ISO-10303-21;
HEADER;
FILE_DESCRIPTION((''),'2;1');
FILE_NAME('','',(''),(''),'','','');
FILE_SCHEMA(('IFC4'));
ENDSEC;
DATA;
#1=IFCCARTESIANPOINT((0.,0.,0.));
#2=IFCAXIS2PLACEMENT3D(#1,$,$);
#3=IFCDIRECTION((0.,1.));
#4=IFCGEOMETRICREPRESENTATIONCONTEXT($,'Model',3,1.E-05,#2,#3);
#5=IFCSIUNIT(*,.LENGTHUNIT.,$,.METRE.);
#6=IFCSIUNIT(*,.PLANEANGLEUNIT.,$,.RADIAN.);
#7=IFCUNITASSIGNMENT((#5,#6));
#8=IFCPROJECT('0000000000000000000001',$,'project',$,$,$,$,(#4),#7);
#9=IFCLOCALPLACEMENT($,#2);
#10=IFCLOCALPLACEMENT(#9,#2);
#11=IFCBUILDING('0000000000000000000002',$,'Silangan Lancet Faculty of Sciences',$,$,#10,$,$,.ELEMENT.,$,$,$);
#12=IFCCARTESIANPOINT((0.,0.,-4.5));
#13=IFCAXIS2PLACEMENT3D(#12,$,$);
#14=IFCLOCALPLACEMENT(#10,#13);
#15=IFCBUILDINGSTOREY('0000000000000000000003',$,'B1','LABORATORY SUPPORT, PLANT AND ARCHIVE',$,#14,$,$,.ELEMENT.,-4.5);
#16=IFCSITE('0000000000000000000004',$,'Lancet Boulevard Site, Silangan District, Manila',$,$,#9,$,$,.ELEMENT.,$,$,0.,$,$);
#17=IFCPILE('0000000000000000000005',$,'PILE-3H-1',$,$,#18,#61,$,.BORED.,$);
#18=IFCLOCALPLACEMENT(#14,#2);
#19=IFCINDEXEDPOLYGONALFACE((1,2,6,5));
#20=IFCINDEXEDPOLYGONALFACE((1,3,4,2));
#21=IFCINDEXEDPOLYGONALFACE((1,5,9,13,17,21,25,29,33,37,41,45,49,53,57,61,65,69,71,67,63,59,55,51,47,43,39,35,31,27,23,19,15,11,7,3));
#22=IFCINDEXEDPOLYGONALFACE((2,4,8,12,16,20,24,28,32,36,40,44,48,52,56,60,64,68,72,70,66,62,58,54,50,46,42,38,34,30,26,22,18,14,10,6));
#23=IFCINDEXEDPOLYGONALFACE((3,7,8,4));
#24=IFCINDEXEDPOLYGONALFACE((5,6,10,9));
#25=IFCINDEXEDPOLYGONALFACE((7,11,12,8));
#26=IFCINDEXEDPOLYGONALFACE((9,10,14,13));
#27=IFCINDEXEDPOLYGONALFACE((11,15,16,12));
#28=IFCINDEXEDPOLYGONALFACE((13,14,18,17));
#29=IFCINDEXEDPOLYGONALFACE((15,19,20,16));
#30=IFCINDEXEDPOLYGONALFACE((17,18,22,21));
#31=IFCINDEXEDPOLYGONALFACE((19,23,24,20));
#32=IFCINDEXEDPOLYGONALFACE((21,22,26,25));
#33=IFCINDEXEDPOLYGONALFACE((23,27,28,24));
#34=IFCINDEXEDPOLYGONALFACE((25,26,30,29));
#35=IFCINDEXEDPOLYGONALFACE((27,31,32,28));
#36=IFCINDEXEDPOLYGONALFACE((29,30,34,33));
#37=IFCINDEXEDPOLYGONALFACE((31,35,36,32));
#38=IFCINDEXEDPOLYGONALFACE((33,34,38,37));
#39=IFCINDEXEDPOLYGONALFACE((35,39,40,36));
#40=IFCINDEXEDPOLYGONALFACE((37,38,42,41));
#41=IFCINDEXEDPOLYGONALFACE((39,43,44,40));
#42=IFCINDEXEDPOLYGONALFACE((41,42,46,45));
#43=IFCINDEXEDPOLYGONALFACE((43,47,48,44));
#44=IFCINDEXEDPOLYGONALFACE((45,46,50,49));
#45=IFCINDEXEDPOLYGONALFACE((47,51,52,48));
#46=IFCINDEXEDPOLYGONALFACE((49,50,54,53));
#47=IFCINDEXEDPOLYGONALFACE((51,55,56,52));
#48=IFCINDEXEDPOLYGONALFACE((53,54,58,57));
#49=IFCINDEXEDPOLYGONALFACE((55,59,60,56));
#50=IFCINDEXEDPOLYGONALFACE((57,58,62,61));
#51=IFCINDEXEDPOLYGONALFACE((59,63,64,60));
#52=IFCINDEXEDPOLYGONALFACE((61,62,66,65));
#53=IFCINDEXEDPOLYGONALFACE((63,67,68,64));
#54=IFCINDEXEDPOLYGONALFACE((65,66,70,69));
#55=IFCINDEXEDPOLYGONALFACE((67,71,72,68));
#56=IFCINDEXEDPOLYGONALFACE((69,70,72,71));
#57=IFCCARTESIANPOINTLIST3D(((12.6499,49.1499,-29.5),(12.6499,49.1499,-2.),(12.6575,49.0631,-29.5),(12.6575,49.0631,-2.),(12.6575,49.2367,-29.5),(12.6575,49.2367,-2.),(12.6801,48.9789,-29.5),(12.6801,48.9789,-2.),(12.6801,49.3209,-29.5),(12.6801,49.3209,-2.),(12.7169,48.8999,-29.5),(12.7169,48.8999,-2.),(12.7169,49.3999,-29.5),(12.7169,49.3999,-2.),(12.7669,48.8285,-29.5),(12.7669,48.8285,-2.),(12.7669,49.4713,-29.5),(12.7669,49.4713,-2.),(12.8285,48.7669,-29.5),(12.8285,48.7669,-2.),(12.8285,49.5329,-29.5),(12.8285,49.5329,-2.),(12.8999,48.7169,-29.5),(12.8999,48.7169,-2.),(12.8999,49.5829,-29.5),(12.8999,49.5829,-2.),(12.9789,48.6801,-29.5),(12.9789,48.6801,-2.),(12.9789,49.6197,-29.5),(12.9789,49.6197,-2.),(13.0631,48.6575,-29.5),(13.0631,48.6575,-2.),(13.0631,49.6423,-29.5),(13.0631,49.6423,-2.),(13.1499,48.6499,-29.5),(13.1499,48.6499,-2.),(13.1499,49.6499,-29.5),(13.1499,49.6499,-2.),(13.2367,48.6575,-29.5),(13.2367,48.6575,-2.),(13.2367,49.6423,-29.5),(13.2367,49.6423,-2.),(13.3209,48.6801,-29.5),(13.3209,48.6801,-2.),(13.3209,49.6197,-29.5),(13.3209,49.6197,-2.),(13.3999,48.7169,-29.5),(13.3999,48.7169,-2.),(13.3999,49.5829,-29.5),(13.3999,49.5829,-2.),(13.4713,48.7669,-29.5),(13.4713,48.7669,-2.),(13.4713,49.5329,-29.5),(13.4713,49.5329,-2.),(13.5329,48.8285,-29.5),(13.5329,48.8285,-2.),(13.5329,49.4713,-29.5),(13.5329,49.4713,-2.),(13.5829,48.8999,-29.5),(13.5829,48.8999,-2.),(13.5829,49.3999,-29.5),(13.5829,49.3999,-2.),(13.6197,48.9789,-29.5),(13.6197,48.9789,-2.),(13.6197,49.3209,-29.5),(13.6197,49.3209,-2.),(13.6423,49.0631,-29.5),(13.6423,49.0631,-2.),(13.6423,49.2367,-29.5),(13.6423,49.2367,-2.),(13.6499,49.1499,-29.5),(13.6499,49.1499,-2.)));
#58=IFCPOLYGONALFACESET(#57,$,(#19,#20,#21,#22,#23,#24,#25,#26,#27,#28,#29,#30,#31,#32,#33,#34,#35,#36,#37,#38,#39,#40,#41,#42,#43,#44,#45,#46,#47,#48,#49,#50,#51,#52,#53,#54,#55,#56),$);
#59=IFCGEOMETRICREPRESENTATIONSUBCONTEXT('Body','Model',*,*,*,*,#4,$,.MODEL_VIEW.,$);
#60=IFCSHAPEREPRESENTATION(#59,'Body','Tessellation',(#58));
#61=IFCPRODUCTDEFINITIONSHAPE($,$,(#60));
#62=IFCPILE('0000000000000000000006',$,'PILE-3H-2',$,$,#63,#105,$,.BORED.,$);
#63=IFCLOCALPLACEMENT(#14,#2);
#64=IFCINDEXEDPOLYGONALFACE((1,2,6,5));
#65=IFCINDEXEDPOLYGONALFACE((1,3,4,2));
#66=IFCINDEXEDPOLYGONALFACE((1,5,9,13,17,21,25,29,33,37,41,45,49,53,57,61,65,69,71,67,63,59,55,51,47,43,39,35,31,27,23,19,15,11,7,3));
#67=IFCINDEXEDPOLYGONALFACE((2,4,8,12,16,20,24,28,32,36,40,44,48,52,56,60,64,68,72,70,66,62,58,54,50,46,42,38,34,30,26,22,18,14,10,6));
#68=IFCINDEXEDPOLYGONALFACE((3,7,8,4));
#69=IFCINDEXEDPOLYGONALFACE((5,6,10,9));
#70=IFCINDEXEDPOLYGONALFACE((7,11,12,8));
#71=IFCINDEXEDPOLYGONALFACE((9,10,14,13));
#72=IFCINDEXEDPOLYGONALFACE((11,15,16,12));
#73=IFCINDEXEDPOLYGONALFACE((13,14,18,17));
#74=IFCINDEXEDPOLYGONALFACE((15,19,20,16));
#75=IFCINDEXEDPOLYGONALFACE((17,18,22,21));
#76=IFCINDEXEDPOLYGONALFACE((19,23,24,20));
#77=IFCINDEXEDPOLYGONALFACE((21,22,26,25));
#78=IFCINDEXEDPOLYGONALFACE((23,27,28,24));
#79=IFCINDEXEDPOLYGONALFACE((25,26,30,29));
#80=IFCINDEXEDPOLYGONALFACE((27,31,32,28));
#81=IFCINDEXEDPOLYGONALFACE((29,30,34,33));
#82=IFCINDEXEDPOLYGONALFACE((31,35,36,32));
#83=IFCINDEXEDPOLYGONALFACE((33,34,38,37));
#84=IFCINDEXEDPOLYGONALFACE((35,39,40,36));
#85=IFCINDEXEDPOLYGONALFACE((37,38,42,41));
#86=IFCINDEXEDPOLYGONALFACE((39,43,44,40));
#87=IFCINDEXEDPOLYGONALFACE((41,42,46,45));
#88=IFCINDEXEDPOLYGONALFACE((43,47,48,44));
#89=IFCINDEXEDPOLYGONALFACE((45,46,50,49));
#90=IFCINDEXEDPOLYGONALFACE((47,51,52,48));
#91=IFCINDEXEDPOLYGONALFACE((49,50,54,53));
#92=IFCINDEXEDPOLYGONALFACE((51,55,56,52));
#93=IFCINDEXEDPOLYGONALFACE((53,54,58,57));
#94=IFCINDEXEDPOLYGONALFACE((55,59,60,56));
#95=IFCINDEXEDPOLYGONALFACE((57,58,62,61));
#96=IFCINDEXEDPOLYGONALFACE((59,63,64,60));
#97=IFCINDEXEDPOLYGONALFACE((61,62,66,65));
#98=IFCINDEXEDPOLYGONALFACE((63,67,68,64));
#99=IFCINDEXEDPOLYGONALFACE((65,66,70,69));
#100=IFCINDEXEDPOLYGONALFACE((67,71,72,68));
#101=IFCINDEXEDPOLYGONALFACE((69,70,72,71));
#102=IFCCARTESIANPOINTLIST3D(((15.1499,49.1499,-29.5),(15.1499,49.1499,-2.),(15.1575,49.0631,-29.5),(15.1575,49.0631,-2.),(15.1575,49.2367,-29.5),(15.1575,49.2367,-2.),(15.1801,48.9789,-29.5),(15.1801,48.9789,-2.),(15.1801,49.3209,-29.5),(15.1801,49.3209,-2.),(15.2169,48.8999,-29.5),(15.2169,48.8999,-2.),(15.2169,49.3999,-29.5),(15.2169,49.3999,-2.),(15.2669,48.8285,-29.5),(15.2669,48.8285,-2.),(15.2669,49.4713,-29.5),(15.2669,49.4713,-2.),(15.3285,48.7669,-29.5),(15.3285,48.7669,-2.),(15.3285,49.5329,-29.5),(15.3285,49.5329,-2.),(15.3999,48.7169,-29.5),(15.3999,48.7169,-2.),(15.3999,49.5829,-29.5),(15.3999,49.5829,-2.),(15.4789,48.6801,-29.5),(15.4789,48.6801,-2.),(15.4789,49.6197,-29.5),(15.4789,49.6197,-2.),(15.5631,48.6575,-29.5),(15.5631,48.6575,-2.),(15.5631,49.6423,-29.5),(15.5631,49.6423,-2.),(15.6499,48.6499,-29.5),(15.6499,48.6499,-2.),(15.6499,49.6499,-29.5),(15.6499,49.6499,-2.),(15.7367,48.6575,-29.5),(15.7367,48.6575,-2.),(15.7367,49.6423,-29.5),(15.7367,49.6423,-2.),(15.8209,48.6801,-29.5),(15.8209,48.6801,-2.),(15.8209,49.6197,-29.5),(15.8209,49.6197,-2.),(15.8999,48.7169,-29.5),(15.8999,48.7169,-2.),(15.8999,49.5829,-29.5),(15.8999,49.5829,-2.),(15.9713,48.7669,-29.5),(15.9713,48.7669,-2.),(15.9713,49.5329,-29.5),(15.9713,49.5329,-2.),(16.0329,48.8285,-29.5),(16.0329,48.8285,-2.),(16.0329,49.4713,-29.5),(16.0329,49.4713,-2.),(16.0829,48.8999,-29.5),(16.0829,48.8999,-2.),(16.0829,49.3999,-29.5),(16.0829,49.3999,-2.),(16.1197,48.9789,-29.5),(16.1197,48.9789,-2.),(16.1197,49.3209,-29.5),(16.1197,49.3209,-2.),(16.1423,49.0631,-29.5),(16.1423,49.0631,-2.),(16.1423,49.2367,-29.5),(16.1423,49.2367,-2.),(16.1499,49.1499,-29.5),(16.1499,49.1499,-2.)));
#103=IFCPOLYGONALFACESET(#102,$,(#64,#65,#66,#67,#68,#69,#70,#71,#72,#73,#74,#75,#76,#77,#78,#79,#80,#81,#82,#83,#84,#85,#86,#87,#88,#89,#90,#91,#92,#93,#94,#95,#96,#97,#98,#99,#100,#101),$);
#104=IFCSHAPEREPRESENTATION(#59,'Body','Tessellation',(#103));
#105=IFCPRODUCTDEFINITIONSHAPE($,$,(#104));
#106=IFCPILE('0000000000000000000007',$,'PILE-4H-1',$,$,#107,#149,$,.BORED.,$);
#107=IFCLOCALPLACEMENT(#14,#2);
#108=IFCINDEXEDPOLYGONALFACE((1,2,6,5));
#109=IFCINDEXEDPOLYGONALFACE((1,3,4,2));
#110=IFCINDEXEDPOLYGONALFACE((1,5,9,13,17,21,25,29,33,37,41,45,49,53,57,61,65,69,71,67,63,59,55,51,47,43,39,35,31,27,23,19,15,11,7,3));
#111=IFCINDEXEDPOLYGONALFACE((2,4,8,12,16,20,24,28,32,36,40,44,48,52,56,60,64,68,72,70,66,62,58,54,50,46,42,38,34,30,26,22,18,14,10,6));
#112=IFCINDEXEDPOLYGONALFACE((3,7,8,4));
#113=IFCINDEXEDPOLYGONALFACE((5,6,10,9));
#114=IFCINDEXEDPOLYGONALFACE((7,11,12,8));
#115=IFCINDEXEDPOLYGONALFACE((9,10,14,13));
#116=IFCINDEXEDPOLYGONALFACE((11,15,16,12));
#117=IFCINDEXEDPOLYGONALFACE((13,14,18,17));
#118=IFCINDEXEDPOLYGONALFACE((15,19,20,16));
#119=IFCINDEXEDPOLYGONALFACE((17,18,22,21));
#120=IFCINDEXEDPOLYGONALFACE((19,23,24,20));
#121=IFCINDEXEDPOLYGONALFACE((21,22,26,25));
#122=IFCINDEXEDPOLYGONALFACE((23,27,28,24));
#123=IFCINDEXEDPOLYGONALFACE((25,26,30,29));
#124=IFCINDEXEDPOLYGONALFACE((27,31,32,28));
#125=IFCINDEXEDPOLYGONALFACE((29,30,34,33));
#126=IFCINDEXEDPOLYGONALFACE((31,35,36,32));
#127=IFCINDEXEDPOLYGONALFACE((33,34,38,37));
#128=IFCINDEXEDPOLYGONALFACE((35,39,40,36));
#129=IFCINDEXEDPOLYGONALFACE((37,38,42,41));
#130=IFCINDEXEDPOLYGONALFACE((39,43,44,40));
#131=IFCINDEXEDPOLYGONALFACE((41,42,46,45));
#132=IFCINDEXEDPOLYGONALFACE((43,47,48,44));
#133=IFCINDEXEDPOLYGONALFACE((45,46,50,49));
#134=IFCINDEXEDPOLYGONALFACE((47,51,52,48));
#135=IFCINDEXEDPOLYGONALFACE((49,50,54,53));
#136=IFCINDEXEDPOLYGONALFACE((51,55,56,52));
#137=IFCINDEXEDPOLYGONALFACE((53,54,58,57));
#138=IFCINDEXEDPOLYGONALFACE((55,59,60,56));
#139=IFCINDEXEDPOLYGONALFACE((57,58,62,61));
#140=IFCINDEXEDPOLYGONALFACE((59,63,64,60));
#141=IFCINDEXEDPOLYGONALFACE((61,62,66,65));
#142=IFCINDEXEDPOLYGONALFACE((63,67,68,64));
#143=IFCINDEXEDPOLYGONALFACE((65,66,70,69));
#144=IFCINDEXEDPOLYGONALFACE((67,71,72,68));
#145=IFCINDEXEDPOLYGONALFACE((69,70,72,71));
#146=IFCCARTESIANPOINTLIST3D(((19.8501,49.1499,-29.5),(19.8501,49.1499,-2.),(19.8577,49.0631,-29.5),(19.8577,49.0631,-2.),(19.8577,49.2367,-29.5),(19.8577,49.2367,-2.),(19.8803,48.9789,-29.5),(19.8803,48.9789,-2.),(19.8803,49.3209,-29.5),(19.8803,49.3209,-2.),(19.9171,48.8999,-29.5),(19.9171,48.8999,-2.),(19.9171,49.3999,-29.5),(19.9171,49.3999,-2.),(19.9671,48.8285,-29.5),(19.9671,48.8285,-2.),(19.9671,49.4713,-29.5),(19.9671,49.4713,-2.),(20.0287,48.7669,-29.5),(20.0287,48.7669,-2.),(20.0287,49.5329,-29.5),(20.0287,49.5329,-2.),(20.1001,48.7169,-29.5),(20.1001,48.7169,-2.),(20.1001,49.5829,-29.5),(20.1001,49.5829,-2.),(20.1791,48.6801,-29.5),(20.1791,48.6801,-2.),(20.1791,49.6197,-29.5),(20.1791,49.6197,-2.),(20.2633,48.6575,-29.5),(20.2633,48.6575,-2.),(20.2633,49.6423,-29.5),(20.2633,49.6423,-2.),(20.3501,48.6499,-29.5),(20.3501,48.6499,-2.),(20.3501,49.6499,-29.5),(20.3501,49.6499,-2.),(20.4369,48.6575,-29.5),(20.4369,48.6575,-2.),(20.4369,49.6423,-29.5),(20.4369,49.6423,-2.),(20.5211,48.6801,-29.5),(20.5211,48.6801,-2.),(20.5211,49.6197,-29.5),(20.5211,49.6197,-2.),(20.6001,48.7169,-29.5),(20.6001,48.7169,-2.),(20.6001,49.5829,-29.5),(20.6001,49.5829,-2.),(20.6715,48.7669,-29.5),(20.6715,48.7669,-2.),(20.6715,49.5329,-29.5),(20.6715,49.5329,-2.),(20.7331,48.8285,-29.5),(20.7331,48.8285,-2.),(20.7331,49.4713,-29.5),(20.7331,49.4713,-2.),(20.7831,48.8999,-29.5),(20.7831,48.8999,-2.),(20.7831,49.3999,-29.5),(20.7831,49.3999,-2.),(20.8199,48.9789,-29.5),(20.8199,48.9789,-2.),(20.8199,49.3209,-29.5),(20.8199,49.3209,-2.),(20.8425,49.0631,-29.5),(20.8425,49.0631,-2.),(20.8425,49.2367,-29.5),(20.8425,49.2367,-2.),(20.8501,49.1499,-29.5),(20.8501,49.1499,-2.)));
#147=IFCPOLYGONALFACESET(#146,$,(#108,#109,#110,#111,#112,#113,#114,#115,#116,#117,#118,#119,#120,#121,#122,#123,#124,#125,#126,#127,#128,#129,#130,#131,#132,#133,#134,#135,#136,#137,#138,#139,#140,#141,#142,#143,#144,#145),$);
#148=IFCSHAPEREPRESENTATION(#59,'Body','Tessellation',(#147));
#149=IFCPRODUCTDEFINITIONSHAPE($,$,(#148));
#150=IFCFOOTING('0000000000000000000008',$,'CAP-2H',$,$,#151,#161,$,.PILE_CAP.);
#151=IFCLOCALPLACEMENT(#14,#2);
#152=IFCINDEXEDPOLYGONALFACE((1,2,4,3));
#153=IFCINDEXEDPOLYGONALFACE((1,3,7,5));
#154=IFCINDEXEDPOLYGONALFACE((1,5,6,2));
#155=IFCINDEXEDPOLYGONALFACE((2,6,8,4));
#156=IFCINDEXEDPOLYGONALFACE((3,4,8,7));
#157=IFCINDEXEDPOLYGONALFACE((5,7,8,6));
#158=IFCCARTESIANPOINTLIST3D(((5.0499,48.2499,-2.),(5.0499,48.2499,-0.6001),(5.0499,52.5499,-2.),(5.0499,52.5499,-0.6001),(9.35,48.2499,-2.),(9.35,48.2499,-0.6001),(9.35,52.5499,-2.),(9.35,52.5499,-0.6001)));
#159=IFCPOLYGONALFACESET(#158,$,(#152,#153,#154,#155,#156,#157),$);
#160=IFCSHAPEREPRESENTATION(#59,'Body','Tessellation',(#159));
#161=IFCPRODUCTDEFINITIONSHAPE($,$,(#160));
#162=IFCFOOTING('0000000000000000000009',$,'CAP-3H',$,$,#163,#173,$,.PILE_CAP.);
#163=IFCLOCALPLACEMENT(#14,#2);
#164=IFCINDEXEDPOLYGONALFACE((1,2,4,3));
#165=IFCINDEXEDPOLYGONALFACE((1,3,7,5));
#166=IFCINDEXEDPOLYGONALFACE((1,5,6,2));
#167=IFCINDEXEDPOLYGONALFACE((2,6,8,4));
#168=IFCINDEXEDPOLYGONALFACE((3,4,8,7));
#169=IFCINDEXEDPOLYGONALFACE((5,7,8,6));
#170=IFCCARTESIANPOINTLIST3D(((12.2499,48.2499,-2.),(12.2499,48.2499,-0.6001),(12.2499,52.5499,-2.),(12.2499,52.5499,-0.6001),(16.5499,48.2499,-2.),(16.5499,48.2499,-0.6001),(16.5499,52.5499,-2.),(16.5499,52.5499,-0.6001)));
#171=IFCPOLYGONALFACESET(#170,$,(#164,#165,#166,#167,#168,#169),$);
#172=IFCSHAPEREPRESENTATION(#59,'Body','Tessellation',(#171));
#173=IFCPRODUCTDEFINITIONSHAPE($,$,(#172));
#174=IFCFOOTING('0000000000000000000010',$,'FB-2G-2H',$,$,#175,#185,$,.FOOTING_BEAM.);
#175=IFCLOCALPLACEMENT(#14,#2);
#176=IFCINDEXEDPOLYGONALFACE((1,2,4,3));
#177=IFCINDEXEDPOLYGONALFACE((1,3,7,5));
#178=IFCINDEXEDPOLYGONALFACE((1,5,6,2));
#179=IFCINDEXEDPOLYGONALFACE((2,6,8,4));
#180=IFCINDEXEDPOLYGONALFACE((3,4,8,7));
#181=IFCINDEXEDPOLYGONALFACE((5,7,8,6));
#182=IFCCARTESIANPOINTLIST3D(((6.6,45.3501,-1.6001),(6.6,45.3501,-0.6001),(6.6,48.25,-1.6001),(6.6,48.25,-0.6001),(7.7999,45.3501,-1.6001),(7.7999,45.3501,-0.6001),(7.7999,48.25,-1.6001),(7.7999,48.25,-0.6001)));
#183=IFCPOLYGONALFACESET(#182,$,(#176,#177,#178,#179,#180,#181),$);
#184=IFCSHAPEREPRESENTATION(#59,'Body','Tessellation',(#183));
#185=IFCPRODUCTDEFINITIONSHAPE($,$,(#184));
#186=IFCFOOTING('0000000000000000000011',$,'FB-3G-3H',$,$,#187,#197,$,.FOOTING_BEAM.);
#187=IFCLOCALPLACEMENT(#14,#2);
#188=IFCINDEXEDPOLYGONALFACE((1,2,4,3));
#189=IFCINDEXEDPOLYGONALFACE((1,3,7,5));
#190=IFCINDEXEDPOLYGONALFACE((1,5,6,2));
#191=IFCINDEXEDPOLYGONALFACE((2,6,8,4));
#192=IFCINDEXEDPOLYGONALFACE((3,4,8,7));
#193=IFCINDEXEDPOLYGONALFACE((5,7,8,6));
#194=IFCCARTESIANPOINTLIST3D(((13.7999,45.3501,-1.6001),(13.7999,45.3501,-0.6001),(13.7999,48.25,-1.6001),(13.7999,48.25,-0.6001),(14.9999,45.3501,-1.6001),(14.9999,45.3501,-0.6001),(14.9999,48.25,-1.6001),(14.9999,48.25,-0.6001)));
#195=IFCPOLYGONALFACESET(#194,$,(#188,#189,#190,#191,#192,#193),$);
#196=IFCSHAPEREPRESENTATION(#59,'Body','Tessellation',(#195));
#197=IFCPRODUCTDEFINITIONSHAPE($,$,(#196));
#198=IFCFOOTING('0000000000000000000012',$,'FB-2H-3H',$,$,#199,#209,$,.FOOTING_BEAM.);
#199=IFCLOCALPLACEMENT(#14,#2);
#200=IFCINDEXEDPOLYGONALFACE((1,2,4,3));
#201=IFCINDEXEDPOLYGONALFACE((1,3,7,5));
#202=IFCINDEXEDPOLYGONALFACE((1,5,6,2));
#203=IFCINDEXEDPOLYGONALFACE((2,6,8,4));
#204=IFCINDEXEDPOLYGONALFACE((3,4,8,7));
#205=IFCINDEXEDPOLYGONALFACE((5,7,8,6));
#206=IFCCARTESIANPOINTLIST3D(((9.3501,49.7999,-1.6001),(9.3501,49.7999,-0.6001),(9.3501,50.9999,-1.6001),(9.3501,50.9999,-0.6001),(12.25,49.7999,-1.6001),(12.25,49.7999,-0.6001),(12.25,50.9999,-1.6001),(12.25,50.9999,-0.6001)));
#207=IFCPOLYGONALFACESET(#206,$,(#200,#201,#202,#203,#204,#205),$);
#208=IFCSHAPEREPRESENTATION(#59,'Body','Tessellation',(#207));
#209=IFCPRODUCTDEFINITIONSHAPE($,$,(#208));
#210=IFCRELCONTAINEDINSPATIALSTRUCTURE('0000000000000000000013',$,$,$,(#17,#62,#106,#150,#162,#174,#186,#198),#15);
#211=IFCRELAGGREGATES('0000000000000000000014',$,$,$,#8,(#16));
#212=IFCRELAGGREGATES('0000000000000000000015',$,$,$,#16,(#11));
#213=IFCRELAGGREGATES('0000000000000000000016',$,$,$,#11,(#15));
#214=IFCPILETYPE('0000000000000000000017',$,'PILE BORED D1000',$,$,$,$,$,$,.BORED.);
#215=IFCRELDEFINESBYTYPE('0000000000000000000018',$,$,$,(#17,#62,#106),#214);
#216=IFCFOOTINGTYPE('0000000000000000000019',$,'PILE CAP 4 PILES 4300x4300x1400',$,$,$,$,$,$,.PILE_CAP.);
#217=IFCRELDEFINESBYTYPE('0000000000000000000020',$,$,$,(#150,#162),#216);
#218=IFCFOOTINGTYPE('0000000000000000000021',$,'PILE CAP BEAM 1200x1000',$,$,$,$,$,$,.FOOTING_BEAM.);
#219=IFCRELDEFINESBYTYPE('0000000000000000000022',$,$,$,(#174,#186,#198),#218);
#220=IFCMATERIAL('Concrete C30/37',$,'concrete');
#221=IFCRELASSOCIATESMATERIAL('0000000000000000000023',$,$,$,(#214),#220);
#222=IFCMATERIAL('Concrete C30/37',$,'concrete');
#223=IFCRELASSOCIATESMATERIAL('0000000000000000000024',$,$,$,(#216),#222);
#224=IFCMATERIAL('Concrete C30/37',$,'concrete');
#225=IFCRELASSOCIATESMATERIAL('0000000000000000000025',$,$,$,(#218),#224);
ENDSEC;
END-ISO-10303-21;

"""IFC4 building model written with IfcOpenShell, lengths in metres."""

from ifc_helpers import new_model, si_unit, direction, frame, origin, origin_2d, place, context, subcontext, project, spatial, rectangle, circle, extrude, material, material_profile, profile_set, type_object, element, save


model = new_model("IFC4")

# Units and contexts
model_context = context("Model", 3, precision=1e-05, world=origin(), true_north=direction((0.0, 1.0)))
body_context = subcontext(model_context, "Body", "Model", "MODEL_VIEW")
ifc_project = project(units=[si_unit("LENGTHUNIT", "METRE"), si_unit("PLANEANGLEUNIT", "RADIAN")], contexts=[model_context])

# Site, building, storey
site_placement = place(None, origin())
site = spatial("IfcSite", under=ifc_project, at=site_placement, Name="Lancet Boulevard Site, Silangan District, Manila", CompositionType="ELEMENT", RefElevation=0.0)
building_placement = place(site_placement, origin())
building = spatial("IfcBuilding", under=site, at=building_placement, Name="Silangan Lancet Faculty of Sciences", CompositionType="ELEMENT")
storey_placement = place(building_placement, frame((0.0, 0.0, -4.5)))
storey = spatial("IfcBuildingStorey", under=building, at=storey_placement, Name="B1", Description="LABORATORY SUPPORT, PLANT AND ARCHIVE", CompositionType="ELEMENT", Elevation=-4.5)

# Piles
ifc_material_1 = material(Name="Concrete C30/37", Category="concrete")
ifc_material_profile_1 = material_profile(ifc_material_1, circle(Radius=0.5, at=origin_2d()), Name="BORED PILE D1000")
ifc_profile_set_1 = profile_set([ifc_material_profile_1], Name="Concrete C30/37")
pile_type = type_object("IfcPileType", Name="PILE BORED D1000", PredefinedType="BORED", material=ifc_profile_set_1)
for number, where, z_axis, x_axis, name in (
    (1, (13.1499, 49.1499, -2.0), (0.0, 0.0, -1.0), (1.0, 0.0, 0.0), "PILE-3H-1"),
    (2, (15.6499, 49.1499, -2.0), (0.0, 0.0, -1.0), (1.0, 0.0, 0.0), "PILE-3H-2"),
    (3, (20.3501, 49.1499, -2.0), (0.0, 0.0, -1.0), (1.0, 0.0, 0.0), "PILE-4H-1"),
):
    element("IfcPile", number, at=place(storey_placement, frame(where, z_axis=z_axis, x_axis=x_axis)), inside=storey, type_object=pile_type, Name=name, PredefinedType="BORED", context=body_context, shape_type="SweptSolid", body=[
        extrude(circle(Radius=0.5, at=origin_2d()), origin(), (0.0, 0.0, 1.0), 27.5),
    ])

# Footings
ifc_material_2 = material(Name="Concrete C30/37", Category="concrete")
footing_type_1 = type_object("IfcFootingType", Name="PILE CAP 4 PILES 4300x4300x1400", PredefinedType="PILE_CAP", material=ifc_material_2)
for number, where, z_axis, x_axis, name in (
    (4, (7.2, 50.3999, -2.0), (0.0, 0.0, 1.0), (1.0, 0.0, 0.0), "CAP-2H"),
    (5, (14.3999, 50.3999, -2.0), (0.0, 0.0, 1.0), (1.0, 0.0, 0.0), "CAP-3H"),
):
    element("IfcFooting", number, at=place(storey_placement, frame(where, z_axis=z_axis, x_axis=x_axis)), inside=storey, type_object=footing_type_1, Name=name, PredefinedType="PILE_CAP", context=body_context, shape_type="SweptSolid", body=[
        extrude(rectangle(XDim=4.3, YDim=4.3, at=origin_2d()), origin(), (0.0, 0.0, 1.0), 1.3999),
    ])
ifc_material_3 = material(Name="Concrete C30/37", Category="concrete")
footing_type_2 = type_object("IfcFootingType", Name="PILE CAP BEAM 1200x1000", PredefinedType="FOOTING_BEAM", material=ifc_material_3)
for number, where, z_axis, x_axis, name in (
    (6, (7.2, 46.8, -1.6001), (0.0, 0.0, 1.0), (0.0, 1.0, 0.0), "FB-2G-2H"),
    (7, (14.3999, 46.8, -1.6001), (0.0, 0.0, 1.0), (0.0, 1.0, 0.0), "FB-3G-3H"),
    (8, (10.8, 50.3999, -1.6001), (0.0, 0.0, 1.0), (1.0, 0.0, 0.0), "FB-2H-3H"),
):
    element("IfcFooting", number, at=place(storey_placement, frame(where, z_axis=z_axis, x_axis=x_axis)), inside=storey, type_object=footing_type_2, Name=name, PredefinedType="FOOTING_BEAM", context=body_context, shape_type="SweptSolid", body=[
        extrude(rectangle(XDim=2.8999, YDim=1.2, at=origin_2d()), origin(), (0.0, 0.0, 1.0), 1.0),
    ])

save(model, "model.ifc")
